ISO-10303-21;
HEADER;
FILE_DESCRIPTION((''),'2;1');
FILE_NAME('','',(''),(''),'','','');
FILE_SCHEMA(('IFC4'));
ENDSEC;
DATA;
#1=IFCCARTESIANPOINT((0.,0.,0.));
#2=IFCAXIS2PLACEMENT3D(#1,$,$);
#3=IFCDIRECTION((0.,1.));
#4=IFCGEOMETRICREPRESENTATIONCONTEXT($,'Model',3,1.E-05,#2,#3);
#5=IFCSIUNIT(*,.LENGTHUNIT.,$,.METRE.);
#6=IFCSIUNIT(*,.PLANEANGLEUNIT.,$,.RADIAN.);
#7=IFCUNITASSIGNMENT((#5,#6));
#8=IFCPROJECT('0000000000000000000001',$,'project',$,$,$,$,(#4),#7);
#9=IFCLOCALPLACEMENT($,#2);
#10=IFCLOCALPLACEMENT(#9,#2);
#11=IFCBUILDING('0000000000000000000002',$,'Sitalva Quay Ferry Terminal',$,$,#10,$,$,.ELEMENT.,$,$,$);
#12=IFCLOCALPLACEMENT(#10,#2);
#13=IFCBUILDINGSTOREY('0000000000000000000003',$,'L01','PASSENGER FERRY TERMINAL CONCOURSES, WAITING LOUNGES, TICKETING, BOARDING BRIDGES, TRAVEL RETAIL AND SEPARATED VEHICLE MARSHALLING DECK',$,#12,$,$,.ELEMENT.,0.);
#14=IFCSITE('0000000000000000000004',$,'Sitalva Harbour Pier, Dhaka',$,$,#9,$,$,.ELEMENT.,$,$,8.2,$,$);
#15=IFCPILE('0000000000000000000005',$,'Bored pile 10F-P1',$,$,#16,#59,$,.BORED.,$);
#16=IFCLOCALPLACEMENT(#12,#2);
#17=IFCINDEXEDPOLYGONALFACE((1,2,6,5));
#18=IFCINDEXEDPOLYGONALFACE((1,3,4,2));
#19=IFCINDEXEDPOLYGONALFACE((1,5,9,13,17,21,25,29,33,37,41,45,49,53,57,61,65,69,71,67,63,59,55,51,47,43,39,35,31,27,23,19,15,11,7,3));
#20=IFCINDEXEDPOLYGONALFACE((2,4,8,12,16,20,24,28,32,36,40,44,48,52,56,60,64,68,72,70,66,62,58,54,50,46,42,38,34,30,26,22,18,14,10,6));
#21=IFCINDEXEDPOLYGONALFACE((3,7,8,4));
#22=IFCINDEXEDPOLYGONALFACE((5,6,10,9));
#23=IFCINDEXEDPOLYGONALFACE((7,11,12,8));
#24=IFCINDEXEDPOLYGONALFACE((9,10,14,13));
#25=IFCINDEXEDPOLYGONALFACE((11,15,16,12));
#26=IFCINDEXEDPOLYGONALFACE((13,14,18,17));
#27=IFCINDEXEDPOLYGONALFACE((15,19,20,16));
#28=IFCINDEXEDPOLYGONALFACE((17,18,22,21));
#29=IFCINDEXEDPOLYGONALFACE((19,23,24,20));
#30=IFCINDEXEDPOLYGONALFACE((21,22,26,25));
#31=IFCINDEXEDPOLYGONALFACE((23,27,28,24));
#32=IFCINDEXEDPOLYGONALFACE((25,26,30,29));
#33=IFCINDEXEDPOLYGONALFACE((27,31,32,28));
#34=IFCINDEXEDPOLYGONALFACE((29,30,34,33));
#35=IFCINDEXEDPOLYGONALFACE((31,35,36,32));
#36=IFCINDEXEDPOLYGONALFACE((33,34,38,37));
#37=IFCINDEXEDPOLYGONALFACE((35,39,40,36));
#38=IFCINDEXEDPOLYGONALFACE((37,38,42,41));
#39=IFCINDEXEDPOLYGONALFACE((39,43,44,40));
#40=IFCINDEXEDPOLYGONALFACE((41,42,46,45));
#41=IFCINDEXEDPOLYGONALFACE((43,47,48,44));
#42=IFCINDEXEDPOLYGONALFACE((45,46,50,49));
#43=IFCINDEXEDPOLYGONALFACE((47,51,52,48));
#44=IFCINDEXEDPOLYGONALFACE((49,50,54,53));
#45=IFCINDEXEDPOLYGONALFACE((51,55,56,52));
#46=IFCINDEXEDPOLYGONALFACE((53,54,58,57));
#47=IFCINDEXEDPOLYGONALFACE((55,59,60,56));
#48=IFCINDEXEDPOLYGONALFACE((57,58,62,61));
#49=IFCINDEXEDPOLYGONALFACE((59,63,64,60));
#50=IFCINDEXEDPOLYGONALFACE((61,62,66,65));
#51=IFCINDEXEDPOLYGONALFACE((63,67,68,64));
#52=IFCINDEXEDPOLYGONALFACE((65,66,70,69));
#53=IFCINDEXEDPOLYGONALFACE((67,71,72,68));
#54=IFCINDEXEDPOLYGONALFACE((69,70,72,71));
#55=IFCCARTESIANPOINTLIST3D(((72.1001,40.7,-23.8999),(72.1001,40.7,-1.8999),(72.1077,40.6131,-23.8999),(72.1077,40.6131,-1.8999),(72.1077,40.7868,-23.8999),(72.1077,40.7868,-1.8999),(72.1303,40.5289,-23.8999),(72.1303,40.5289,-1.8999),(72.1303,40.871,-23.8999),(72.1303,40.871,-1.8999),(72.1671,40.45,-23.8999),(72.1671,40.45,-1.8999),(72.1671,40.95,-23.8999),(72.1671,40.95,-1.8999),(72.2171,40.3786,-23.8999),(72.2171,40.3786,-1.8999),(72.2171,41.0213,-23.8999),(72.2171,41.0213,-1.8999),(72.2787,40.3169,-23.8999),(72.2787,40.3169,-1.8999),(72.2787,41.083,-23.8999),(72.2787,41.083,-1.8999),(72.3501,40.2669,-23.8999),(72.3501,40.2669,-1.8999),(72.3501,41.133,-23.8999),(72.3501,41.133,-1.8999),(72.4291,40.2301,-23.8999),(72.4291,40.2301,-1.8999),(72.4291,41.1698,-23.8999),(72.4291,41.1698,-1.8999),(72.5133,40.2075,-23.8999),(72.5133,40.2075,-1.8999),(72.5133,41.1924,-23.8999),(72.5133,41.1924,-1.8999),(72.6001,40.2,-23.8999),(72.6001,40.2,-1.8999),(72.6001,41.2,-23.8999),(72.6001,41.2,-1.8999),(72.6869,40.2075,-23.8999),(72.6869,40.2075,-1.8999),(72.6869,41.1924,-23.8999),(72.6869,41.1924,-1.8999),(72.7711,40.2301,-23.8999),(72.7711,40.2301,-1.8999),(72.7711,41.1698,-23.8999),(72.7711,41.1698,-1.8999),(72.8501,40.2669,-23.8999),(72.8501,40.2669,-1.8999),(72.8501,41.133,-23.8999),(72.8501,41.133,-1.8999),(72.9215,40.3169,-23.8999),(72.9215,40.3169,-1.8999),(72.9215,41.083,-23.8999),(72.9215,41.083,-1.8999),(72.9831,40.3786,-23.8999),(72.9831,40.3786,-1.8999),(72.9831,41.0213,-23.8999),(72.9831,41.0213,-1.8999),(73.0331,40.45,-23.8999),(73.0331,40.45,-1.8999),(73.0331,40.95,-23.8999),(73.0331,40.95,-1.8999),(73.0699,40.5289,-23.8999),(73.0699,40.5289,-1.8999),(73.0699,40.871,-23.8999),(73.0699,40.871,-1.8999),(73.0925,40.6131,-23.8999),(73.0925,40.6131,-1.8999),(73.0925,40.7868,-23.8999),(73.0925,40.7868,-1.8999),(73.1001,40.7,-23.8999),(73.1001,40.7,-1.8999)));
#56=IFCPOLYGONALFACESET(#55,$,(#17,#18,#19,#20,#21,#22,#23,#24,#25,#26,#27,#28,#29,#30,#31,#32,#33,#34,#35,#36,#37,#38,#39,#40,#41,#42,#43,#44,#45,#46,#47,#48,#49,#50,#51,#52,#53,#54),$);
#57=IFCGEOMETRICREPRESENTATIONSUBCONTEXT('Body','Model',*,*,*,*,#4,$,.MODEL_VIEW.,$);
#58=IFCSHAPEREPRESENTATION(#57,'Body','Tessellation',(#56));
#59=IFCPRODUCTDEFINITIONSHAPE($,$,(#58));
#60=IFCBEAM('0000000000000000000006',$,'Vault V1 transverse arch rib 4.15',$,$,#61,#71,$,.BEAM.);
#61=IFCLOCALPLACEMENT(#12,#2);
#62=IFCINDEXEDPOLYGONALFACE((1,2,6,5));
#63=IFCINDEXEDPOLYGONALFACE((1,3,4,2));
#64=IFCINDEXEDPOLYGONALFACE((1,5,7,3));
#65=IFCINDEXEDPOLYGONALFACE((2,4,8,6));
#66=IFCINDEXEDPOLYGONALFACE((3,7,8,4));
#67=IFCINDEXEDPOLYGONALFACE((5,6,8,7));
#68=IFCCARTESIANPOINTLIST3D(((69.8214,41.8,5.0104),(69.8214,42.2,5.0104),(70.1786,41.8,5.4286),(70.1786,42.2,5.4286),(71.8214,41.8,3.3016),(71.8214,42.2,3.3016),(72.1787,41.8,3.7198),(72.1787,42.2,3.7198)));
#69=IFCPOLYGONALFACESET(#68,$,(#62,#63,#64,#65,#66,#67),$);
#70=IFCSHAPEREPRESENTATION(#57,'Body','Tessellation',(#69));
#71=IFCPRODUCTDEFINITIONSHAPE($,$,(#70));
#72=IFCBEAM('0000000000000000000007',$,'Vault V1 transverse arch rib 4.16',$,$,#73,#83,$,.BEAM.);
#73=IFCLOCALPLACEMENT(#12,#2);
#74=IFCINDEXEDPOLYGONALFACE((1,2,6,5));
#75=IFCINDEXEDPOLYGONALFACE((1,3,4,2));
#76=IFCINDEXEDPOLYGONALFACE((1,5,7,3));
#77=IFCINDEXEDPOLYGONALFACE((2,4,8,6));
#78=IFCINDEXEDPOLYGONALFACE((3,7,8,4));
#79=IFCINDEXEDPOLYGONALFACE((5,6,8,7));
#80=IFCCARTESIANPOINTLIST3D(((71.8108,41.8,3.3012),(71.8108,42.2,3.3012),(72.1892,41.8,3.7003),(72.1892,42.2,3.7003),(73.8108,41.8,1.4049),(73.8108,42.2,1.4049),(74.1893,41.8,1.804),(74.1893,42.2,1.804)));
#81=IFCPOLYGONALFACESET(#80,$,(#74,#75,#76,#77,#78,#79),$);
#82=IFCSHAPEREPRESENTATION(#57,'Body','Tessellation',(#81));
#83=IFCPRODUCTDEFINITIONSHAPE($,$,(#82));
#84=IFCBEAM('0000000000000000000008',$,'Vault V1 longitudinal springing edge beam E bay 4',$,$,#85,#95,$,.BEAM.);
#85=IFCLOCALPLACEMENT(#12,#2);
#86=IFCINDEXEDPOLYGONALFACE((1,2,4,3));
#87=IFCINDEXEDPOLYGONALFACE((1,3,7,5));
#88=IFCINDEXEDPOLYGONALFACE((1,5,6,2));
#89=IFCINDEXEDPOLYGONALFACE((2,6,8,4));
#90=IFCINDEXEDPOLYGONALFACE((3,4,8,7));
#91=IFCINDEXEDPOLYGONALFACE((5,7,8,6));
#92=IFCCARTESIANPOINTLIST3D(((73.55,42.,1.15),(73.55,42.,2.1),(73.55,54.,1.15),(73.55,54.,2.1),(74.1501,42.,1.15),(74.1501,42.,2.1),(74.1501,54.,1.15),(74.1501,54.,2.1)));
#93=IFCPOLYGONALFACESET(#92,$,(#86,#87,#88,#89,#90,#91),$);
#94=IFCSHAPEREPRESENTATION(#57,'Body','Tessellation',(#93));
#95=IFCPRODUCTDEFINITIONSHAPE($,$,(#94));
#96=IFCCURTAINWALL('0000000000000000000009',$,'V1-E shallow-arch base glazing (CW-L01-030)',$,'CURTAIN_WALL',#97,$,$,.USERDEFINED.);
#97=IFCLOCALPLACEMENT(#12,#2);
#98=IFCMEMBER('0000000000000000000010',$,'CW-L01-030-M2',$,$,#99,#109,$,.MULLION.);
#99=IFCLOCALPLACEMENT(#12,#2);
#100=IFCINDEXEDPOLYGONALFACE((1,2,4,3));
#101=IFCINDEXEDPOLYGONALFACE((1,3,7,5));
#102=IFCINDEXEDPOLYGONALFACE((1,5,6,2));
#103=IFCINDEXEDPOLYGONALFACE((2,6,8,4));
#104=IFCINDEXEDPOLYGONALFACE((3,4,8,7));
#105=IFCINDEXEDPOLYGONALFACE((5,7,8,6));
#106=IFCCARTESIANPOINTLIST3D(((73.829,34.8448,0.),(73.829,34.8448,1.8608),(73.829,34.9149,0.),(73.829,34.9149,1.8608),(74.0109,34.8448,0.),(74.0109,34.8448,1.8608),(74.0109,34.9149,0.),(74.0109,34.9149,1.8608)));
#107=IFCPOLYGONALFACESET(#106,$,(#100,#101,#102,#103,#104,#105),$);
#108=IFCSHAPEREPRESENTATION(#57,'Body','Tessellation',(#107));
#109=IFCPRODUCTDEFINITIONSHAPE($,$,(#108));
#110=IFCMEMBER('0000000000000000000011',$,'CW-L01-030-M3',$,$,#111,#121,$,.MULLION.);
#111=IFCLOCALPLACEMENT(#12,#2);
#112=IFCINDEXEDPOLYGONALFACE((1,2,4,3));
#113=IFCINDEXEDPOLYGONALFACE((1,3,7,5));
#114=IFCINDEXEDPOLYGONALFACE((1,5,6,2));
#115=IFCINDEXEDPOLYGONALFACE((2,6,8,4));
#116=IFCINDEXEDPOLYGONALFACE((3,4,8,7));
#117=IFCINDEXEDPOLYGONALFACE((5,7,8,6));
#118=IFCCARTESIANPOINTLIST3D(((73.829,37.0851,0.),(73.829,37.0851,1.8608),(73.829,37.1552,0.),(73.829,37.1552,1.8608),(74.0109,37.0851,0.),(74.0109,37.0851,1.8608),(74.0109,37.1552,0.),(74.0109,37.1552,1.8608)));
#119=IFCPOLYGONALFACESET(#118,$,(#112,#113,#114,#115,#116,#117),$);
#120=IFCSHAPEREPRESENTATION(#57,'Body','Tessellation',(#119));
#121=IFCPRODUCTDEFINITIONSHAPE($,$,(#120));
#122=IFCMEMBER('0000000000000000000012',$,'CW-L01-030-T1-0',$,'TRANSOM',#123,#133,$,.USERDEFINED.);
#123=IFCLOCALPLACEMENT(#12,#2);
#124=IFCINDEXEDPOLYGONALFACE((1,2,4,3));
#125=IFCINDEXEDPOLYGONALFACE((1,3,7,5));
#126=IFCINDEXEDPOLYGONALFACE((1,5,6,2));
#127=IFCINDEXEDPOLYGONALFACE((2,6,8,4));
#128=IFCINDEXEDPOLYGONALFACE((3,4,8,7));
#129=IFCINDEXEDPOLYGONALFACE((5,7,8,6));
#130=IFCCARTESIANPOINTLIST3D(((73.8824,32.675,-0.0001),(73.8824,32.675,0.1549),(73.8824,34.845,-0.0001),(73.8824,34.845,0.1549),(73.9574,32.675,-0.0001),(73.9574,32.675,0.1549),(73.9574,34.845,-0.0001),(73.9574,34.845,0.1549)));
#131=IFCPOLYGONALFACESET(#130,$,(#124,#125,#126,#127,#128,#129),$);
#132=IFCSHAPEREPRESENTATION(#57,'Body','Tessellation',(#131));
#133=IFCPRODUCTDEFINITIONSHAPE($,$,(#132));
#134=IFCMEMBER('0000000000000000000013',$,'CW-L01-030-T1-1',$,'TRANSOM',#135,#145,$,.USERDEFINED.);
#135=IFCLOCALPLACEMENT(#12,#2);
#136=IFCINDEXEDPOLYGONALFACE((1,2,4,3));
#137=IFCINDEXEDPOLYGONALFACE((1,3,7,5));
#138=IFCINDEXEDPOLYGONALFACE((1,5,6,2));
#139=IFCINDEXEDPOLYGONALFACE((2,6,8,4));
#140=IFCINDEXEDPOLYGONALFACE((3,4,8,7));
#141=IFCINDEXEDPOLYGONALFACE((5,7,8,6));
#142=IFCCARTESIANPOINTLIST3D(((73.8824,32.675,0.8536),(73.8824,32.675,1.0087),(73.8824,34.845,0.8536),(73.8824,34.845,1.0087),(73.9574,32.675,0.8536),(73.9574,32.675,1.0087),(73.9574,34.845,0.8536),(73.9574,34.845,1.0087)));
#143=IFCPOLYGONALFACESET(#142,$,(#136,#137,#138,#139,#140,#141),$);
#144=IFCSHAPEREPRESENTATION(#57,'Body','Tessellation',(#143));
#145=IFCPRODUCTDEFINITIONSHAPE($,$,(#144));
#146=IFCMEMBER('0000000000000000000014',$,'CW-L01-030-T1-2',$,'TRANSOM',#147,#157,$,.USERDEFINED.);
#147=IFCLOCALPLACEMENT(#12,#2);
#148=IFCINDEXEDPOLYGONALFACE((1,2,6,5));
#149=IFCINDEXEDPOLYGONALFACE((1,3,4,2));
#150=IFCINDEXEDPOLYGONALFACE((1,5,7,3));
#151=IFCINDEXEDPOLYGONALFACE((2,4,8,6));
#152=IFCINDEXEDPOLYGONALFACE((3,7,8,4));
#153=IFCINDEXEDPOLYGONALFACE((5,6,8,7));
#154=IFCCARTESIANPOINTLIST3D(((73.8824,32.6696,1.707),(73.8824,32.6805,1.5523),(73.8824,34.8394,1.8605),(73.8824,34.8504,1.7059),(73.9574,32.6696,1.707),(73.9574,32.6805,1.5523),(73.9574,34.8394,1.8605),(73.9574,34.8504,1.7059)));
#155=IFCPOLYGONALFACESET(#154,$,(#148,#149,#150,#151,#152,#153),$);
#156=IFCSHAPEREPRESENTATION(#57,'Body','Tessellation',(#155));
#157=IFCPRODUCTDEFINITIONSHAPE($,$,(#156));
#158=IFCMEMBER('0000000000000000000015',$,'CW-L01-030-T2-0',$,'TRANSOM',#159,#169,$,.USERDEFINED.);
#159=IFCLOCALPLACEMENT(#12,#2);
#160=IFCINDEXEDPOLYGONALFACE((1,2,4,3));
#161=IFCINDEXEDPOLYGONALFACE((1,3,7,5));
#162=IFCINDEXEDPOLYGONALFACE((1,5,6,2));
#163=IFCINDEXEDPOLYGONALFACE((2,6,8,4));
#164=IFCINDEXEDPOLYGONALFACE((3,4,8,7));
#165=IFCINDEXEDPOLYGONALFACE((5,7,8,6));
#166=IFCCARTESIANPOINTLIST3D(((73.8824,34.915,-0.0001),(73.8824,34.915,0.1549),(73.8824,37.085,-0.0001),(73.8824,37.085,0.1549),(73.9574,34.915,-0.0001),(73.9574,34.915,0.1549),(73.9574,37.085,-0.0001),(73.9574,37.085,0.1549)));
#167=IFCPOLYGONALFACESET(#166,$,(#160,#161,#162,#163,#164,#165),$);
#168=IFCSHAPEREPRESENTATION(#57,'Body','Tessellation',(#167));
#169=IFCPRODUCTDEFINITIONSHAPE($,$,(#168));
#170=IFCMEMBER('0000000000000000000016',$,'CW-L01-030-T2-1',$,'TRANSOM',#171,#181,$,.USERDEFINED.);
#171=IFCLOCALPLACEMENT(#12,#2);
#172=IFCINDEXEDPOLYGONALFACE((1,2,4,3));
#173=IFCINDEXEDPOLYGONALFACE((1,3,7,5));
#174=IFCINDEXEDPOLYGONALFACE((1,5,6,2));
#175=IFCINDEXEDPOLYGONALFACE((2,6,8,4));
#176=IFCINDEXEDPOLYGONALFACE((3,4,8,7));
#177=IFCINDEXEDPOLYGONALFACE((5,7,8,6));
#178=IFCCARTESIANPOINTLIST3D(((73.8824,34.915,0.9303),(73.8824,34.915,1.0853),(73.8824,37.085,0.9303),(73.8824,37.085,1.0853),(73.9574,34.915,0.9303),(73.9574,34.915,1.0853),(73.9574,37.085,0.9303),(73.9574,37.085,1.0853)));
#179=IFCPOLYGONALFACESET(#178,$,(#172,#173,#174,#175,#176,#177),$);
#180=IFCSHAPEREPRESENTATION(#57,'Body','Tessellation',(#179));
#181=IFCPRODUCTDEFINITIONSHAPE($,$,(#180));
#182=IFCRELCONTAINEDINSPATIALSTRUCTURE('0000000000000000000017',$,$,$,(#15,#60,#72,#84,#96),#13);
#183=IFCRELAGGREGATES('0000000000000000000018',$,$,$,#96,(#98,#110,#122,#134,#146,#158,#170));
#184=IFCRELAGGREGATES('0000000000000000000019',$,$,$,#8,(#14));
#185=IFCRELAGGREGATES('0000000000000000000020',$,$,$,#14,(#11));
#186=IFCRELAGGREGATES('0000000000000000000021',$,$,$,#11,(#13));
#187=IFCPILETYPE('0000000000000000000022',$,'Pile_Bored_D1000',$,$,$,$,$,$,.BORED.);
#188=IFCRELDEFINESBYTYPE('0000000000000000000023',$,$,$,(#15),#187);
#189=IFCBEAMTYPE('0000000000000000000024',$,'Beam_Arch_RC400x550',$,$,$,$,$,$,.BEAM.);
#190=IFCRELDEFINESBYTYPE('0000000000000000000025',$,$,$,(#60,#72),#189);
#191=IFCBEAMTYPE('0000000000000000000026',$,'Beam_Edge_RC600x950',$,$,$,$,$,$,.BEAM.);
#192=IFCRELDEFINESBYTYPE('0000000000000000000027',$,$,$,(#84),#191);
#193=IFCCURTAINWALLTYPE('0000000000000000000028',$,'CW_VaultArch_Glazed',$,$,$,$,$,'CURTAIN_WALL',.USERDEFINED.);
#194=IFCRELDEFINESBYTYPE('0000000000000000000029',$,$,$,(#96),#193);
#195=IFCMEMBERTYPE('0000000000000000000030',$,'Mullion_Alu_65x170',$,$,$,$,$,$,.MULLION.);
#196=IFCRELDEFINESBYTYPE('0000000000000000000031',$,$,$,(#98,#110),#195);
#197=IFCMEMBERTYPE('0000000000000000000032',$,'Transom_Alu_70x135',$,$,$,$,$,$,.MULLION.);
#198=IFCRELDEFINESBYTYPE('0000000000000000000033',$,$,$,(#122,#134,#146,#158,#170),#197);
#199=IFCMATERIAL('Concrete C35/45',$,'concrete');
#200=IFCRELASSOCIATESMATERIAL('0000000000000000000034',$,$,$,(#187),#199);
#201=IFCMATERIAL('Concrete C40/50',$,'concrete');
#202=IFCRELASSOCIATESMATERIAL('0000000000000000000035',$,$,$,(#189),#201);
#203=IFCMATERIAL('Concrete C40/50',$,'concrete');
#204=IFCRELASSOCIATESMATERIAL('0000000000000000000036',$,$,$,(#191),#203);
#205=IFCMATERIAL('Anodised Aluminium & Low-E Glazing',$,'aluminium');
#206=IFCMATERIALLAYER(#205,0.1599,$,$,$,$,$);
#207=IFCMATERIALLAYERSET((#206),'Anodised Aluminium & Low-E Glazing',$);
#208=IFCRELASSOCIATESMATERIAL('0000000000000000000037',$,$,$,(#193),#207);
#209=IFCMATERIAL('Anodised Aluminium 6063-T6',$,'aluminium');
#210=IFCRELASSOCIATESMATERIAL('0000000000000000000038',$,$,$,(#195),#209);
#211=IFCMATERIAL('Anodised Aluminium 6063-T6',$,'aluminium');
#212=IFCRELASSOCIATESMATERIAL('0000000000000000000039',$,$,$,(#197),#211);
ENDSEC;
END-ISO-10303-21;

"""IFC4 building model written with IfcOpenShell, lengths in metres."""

from ifc_helpers import new_model, si_unit, direction, frame, origin, origin_2d, place, context, subcontext, project, spatial, rectangle, circle, extrude, material, layer, layer_set, material_profile, profile_set, type_object, element, aggregate, save


model = new_model("IFC4")

# Units and contexts
model_context = context("Model", 3, precision=1e-05, world=origin(), true_north=direction((0.0, 1.0)))
body_context = subcontext(model_context, "Body", "Model", "MODEL_VIEW")
ifc_project = project(units=[si_unit("LENGTHUNIT", "METRE"), si_unit("PLANEANGLEUNIT", "RADIAN")], contexts=[model_context])

# Site, building, storey
site_placement = place(None, origin())
site = spatial("IfcSite", under=ifc_project, at=site_placement, Name="Sitalva Harbour Pier, Dhaka", CompositionType="ELEMENT", RefElevation=8.2)
building_placement = place(site_placement, origin())
building = spatial("IfcBuilding", under=site, at=building_placement, Name="Sitalva Quay Ferry Terminal", CompositionType="ELEMENT")
storey_placement = place(building_placement, origin())
storey = spatial("IfcBuildingStorey", under=building, at=storey_placement, Name="L01", Description="PASSENGER FERRY TERMINAL CONCOURSES, WAITING LOUNGES, TICKETING, BOARDING BRIDGES, TRAVEL RETAIL AND SEPARATED VEHICLE MARSHALLING DECK", CompositionType="ELEMENT", Elevation=0.0)

# Pile
ifc_material_1 = material(Name="Concrete C35/45", Category="concrete")
ifc_material_profile_1 = material_profile(ifc_material_1, circle(Radius=0.5, at=origin_2d()), Name="PILE-D1000")
ifc_profile_set_1 = profile_set([ifc_material_profile_1], Name="Concrete C35/45")
pile_type = type_object("IfcPileType", Name="Pile_Bored_D1000", PredefinedType="BORED", material=ifc_profile_set_1)
pile_placement = place(storey_placement, frame((72.6001, 40.7, -1.8999), z_axis=(0.0, 0.0, -1.0), x_axis=(1.0, 0.0, 0.0)))
element("IfcPile", 1, at=pile_placement, inside=storey, type_object=pile_type, Name="Bored pile 10F-P1", PredefinedType="BORED", context=body_context, shape_type="SweptSolid", body=[
    extrude(circle(Radius=0.5, at=origin_2d()), origin(), (0.0, 0.0, 1.0), 22.0),
])

# Beams
ifc_material_2 = material(Name="Concrete C40/50", Category="concrete")
ifc_material_profile_2 = material_profile(ifc_material_2, rectangle(XDim=0.3999, YDim=0.55, at=origin_2d()), Name="RC400x550")
ifc_profile_set_2 = profile_set([ifc_material_profile_2], Name="Concrete C40/50")
beam_type_1 = type_object("IfcBeamType", Name="Beam_Arch_RC400x550", PredefinedType="BEAM", material=ifc_profile_set_2)
beam_1_placement = place(storey_placement, frame((70.0, 42.0, 5.2195), z_axis=(0.760297, 0.0, -0.649575), x_axis=(0.0, 1.0, 0.0)))
element("IfcBeam", 2, at=beam_1_placement, inside=storey, type_object=beam_type_1, Name="Vault V1 transverse arch rib 4.15", PredefinedType="BEAM", context=body_context, shape_type="SweptSolid", body=[
    extrude(rectangle(XDim=0.3999, YDim=0.55, at=origin_2d()), origin(), (0.0, 0.0, 1.0), 2.6306),
])
beam_2_placement = place(storey_placement, frame((72.0, 42.0, 3.5007), z_axis=(0.72568, 0.0, -0.688032), x_axis=(0.0, 1.0, 0.0)))
element("IfcBeam", 3, at=beam_2_placement, inside=storey, type_object=beam_type_1, Name="Vault V1 transverse arch rib 4.16", PredefinedType="BEAM", context=body_context, shape_type="SweptSolid", body=[
    extrude(rectangle(XDim=0.3999, YDim=0.55, at=origin_2d()), origin(), (0.0, 0.0, 1.0), 2.7561),
])
ifc_material_3 = material(Name="Concrete C40/50", Category="concrete")
ifc_material_profile_3 = material_profile(ifc_material_3, rectangle(XDim=0.6001, YDim=0.95, at=origin_2d()), Name="RC600x950")
ifc_profile_set_3 = profile_set([ifc_material_profile_3], Name="Concrete C40/50")
beam_type_2 = type_object("IfcBeamType", Name="Beam_Edge_RC600x950", PredefinedType="BEAM", material=ifc_profile_set_3)
beam_3_placement = place(storey_placement, frame((73.8501, 42.0, 1.625), z_axis=(0.0, 1.0, 0.0), x_axis=(-1.0, 0.0, 0.0)))
element("IfcBeam", 4, at=beam_3_placement, inside=storey, type_object=beam_type_2, Name="Vault V1 longitudinal springing edge beam E bay 4", PredefinedType="BEAM", context=body_context, shape_type="SweptSolid", body=[
    extrude(rectangle(XDim=0.6001, YDim=0.95, at=origin_2d()), origin(), (0.0, 0.0, 1.0), 12.0),
])

# Curtain wall, members
ifc_material_4 = material(Name="Anodised Aluminium & Low-E Glazing", Category="aluminium")
ifc_layer_1 = layer(ifc_material_4, 0.1599)
ifc_layer_set_1 = layer_set([ifc_layer_1], Name="Anodised Aluminium & Low-E Glazing")
curtain_wall_type = type_object("IfcCurtainWallType", Name="CW_VaultArch_Glazed", ElementType="CURTAIN_WALL", PredefinedType="USERDEFINED", material=ifc_layer_set_1)
curtain_wall_placement = place(storey_placement, origin())
curtain_wall = element("IfcCurtainWall", 5, at=curtain_wall_placement, inside=storey, type_object=curtain_wall_type, Name="V1-E shallow-arch base glazing (CW-L01-030)", ObjectType="CURTAIN_WALL", PredefinedType="USERDEFINED")
ifc_material_5 = material(Name="Anodised Aluminium 6063-T6", Category="aluminium")
ifc_material_profile_4 = material_profile(ifc_material_5, rectangle(XDim=0.0701, YDim=0.1819, at=origin_2d()), Name="ALU70x182")
ifc_profile_set_4 = profile_set([ifc_material_profile_4], Name="Anodised Aluminium 6063-T6")
member_type_1 = type_object("IfcMemberType", Name="Mullion_Alu_65x170", PredefinedType="MULLION", material=ifc_profile_set_4)
member_1_placement = place(storey_placement, frame((73.9199, 34.8799, 0.0), z_axis=(0.0, 0.0, 1.0), x_axis=(0.0, 1.0, 0.0)))
member_1 = element("IfcMember", 6, at=member_1_placement, type_object=member_type_1, Name="CW-L01-030-M2", PredefinedType="MULLION", context=body_context, shape_type="SweptSolid", body=[
    extrude(rectangle(XDim=0.0701, YDim=0.1819, at=origin_2d()), origin(), (0.0, 0.0, 1.0), 1.8608),
])
member_2_placement = place(storey_placement, frame((73.9199, 37.1201, 0.0), z_axis=(0.0, 0.0, 1.0), x_axis=(0.0, 1.0, 0.0)))
member_2 = element("IfcMember", 7, at=member_2_placement, type_object=member_type_1, Name="CW-L01-030-M3", PredefinedType="MULLION", context=body_context, shape_type="SweptSolid", body=[
    extrude(rectangle(XDim=0.0701, YDim=0.1819, at=origin_2d()), origin(), (0.0, 0.0, 1.0), 1.8608),
])
ifc_material_6 = material(Name="Anodised Aluminium 6063-T6", Category="aluminium")
ifc_material_profile_5 = material_profile(ifc_material_6, rectangle(XDim=0.075, YDim=0.155, at=origin_2d()), Name="ALU75x155")
ifc_profile_set_5 = profile_set([ifc_material_profile_5], Name="Anodised Aluminium 6063-T6")
member_type_2 = type_object("IfcMemberType", Name="Transom_Alu_70x135", PredefinedType="MULLION", material=ifc_profile_set_5)
member_3_placement = place(storey_placement, frame((73.9199, 32.675, 0.0774), z_axis=(0.0, 1.0, 0.0), x_axis=(-1.0, 0.0, 0.0)))
member_3 = element("IfcMember", 8, at=member_3_placement, type_object=member_type_2, Name="CW-L01-030-T1-0", ObjectType="TRANSOM", PredefinedType="USERDEFINED", context=body_context, shape_type="SweptSolid", body=[
    extrude(rectangle(XDim=0.075, YDim=0.155, at=origin_2d()), origin(), (0.0, 0.0, 1.0), 2.1699),
])
member_4_placement = place(storey_placement, frame((73.9199, 32.675, 0.9312), z_axis=(0.0, 1.0, 0.0), x_axis=(-1.0, 0.0, 0.0)))
member_4 = element("IfcMember", 9, at=member_4_placement, type_object=member_type_2, Name="CW-L01-030-T1-1", ObjectType="TRANSOM", PredefinedType="USERDEFINED", context=body_context, shape_type="SweptSolid", body=[
    extrude(rectangle(XDim=0.075, YDim=0.155, at=origin_2d()), origin(), (0.0, 0.0, 1.0), 2.1699),
])
member_5_placement = place(storey_placement, frame((73.9199, 32.675, 1.6296), z_axis=(0.0, 0.997505, 0.070593), x_axis=(-1.0, 0.0, 0.0)))
member_5 = element("IfcMember", 10, at=member_5_placement, type_object=member_type_2, Name="CW-L01-030-T1-2", ObjectType="TRANSOM", PredefinedType="USERDEFINED", context=body_context, shape_type="SweptSolid", body=[
    extrude(rectangle(XDim=0.075, YDim=0.155, at=origin_2d()), origin(), (0.0, 0.0, 1.0), 2.1753),
])
member_6_placement = place(storey_placement, frame((73.9199, 34.915, 0.0774), z_axis=(0.0, 1.0, 0.0), x_axis=(-1.0, 0.0, 0.0)))
member_6 = element("IfcMember", 11, at=member_6_placement, type_object=member_type_2, Name="CW-L01-030-T2-0", ObjectType="TRANSOM", PredefinedType="USERDEFINED", context=body_context, shape_type="SweptSolid", body=[
    extrude(rectangle(XDim=0.075, YDim=0.155, at=origin_2d()), origin(), (0.0, 0.0, 1.0), 2.1699),
])
member_7_placement = place(storey_placement, frame((73.9199, 34.915, 1.0078), z_axis=(0.0, 1.0, 0.0), x_axis=(-1.0, 0.0, 0.0)))
member_7 = element("IfcMember", 12, at=member_7_placement, type_object=member_type_2, Name="CW-L01-030-T2-1", ObjectType="TRANSOM", PredefinedType="USERDEFINED", context=body_context, shape_type="SweptSolid", body=[
    extrude(rectangle(XDim=0.075, YDim=0.155, at=origin_2d()), origin(), (0.0, 0.0, 1.0), 2.1699),
])
aggregate(curtain_wall, [member_1, member_2, member_3, member_4, member_5, member_6, member_7])

save(model, "model.ifc")
